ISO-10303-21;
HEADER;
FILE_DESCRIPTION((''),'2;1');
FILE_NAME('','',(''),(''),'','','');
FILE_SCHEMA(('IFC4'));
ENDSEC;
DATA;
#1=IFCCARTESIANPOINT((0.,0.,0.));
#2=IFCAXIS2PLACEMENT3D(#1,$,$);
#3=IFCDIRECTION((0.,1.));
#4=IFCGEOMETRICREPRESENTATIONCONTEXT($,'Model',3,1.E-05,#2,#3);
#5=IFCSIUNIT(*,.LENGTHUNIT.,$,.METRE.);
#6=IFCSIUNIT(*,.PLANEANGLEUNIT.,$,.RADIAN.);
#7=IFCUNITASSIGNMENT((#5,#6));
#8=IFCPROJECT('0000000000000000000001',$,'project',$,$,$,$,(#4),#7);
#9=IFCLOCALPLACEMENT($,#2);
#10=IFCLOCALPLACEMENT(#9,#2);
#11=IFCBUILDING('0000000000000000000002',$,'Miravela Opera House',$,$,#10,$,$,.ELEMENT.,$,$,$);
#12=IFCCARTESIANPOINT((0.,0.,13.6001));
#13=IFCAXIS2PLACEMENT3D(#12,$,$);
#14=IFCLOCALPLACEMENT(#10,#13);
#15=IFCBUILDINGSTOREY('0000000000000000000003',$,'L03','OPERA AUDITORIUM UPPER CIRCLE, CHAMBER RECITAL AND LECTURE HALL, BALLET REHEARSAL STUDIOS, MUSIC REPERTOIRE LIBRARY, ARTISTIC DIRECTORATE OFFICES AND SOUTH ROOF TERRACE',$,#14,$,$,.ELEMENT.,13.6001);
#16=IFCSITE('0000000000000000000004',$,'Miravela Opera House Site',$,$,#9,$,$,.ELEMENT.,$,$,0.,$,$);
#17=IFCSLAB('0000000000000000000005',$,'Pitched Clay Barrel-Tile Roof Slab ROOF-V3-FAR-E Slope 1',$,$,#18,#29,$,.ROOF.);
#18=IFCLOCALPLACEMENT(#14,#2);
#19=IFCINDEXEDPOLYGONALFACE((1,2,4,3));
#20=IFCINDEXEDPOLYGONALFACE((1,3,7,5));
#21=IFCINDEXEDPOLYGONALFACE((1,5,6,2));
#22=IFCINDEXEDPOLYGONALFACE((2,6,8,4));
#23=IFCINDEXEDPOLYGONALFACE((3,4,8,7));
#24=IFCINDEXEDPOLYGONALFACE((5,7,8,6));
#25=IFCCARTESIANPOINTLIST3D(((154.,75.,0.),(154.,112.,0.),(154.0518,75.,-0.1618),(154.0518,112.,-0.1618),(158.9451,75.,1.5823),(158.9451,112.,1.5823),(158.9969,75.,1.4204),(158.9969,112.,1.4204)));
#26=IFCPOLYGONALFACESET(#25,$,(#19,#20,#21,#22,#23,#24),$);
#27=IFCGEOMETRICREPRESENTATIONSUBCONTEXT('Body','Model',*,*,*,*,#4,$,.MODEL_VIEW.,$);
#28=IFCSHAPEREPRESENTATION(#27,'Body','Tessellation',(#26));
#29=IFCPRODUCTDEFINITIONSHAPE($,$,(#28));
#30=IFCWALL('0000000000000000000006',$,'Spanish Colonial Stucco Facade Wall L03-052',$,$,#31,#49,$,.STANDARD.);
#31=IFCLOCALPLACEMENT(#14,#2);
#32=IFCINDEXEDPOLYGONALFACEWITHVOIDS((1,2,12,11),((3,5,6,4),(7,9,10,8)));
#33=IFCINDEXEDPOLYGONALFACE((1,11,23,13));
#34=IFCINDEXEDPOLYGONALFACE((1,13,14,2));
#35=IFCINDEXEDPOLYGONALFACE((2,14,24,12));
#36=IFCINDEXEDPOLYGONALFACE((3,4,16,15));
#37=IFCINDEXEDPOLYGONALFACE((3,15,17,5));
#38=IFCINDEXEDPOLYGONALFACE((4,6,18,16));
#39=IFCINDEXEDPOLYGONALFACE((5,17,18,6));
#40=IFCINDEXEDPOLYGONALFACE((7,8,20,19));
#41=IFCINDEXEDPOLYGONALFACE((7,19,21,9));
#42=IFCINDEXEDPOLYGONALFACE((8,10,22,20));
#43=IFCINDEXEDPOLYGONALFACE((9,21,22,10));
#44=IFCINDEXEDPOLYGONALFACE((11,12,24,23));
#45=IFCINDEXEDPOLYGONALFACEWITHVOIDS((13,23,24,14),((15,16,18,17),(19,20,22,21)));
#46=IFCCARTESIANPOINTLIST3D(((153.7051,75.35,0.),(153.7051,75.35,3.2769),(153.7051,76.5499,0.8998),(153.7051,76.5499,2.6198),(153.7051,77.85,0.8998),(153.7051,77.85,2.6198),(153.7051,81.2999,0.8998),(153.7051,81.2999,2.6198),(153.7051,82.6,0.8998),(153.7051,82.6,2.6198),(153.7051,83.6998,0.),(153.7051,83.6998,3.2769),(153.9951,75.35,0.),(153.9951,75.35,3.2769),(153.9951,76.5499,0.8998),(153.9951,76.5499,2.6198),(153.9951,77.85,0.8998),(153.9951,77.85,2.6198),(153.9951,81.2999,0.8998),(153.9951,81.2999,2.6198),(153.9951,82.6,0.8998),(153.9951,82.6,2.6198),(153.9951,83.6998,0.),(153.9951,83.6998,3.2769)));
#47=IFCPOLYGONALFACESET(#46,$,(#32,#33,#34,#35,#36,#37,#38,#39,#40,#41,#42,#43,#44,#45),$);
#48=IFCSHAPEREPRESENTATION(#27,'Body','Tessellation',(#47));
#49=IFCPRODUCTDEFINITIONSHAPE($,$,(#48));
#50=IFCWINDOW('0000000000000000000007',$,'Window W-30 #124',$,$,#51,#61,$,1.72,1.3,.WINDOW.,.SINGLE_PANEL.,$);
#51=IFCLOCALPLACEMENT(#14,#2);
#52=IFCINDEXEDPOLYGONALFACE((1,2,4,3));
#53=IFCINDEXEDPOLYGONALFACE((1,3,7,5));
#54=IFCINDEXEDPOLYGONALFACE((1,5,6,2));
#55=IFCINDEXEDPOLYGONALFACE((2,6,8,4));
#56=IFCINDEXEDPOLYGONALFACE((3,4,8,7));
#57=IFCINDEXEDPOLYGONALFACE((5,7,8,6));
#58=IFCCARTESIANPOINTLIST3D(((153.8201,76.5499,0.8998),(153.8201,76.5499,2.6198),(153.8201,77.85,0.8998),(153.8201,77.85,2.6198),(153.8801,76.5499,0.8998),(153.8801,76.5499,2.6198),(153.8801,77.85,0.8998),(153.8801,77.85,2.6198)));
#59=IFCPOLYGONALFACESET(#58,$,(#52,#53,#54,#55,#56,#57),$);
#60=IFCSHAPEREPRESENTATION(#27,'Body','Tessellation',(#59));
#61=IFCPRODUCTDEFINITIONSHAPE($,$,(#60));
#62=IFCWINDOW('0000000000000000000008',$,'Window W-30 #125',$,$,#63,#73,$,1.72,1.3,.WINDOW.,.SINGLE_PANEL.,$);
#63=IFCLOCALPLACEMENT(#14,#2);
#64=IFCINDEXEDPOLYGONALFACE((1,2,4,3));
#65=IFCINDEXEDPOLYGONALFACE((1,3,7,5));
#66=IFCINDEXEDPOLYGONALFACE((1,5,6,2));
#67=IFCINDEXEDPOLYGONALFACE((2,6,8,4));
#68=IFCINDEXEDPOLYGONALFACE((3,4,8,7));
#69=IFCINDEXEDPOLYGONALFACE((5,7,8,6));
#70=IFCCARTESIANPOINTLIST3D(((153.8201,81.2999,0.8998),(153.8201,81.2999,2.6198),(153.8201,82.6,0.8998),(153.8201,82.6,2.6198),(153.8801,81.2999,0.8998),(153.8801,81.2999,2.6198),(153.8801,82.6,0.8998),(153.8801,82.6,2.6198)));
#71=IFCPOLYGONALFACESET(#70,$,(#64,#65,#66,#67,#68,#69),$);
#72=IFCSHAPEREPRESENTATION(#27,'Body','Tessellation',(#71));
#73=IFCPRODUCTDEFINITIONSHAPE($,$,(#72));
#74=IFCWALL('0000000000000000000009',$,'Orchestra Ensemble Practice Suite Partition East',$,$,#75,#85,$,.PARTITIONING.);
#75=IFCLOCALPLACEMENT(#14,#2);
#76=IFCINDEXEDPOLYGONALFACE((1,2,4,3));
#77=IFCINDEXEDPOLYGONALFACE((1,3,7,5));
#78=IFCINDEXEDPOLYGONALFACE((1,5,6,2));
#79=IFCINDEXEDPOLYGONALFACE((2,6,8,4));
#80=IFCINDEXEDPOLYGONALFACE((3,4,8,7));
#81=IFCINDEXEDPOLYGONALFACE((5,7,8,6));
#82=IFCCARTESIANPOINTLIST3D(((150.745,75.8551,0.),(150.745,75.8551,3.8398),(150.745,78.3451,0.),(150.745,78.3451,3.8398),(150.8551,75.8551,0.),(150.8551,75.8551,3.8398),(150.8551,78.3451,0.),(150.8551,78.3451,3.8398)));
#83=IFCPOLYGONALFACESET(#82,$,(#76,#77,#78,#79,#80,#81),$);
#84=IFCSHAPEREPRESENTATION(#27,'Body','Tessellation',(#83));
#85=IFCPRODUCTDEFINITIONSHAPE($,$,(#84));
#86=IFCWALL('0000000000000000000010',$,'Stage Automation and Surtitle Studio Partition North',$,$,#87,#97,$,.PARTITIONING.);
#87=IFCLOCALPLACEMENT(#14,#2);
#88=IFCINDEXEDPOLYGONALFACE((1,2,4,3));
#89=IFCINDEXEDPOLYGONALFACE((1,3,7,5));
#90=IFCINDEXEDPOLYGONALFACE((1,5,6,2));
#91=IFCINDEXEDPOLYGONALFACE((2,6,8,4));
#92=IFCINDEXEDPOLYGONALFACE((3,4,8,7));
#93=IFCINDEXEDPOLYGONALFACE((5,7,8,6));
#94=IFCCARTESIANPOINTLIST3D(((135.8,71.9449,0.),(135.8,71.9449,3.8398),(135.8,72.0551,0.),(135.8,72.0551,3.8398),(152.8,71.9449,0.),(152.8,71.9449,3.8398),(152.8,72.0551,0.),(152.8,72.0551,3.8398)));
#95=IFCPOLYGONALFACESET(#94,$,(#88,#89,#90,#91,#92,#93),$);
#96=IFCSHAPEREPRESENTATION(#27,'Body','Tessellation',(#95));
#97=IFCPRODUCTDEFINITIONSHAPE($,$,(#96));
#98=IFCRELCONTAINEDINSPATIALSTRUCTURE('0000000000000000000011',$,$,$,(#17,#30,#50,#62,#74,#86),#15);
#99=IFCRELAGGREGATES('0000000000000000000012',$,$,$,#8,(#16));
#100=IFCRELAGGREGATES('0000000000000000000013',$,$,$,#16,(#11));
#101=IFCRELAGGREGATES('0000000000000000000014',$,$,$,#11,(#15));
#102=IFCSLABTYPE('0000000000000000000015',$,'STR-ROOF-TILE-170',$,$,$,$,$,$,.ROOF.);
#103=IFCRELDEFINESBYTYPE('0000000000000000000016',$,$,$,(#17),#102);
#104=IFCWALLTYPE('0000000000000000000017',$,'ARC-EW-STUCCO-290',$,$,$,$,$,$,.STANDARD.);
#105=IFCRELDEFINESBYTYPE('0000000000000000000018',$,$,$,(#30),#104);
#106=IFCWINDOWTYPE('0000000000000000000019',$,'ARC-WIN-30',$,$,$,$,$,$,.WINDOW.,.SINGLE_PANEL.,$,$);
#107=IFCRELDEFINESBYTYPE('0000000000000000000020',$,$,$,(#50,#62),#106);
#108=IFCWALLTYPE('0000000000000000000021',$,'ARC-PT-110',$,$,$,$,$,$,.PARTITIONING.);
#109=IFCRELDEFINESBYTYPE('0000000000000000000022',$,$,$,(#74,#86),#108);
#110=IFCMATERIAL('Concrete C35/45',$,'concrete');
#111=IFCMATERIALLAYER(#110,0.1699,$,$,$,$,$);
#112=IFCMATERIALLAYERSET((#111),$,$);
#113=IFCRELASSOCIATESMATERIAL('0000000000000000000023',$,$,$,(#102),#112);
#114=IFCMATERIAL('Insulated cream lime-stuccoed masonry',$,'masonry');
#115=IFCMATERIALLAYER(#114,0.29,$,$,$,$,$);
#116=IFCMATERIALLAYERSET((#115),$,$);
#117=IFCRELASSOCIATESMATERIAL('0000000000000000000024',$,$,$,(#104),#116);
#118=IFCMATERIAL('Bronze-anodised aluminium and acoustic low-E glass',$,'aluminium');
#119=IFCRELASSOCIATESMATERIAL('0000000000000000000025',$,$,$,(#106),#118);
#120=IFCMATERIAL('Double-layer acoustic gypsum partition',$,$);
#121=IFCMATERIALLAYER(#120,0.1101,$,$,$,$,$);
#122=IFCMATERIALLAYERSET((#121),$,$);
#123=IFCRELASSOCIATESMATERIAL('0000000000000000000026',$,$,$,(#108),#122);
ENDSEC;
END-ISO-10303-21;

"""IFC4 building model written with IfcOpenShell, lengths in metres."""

from ifc_helpers import new_model, si_unit, direction, frame, frame_2d, origin, place, context, subcontext, project, spatial, polyline, rectangle, outline, extrude, material, layer, layer_set, type_object, element, fill, save


model = new_model("IFC4")

# Units and contexts
model_context = context("Model", 3, precision=1e-05, world=origin(), true_north=direction((0.0, 1.0)))
body_context = subcontext(model_context, "Body", "Model", "MODEL_VIEW")
ifc_project = project(units=[si_unit("LENGTHUNIT", "METRE"), si_unit("PLANEANGLEUNIT", "RADIAN")], contexts=[model_context])

# Site, building, storey
site_placement = place(None, origin())
site = spatial("IfcSite", under=ifc_project, at=site_placement, Name="Miravela Opera House Site", CompositionType="ELEMENT", RefElevation=0.0)
building_placement = place(site_placement, origin())
building = spatial("IfcBuilding", under=site, at=building_placement, Name="Miravela Opera House", CompositionType="ELEMENT")
storey_placement = place(building_placement, frame((0.0, 0.0, 13.6001)))
storey = spatial("IfcBuildingStorey", under=building, at=storey_placement, Name="L03", Description="OPERA AUDITORIUM UPPER CIRCLE, CHAMBER RECITAL AND LECTURE HALL, BALLET REHEARSAL STUDIOS, MUSIC REPERTOIRE LIBRARY, ARTISTIC DIRECTORATE OFFICES AND SOUTH ROOF TERRACE", CompositionType="ELEMENT", Elevation=13.6001)

# Shared definitions
ifc_material_1 = material(Name="Concrete C35/45", Category="concrete")

# Slab
ifc_layer_1 = layer(ifc_material_1, 0.1699)
ifc_layer_set_1 = layer_set([ifc_layer_1])
slab_type = type_object("IfcSlabType", Name="STR-ROOF-TILE-170", PredefinedType="ROOF", material=ifc_layer_set_1)
slab_placement = place(storey_placement, frame((154.0, 75.0, 0.0), z_axis=(-0.30475, 0.0, 0.952432), x_axis=(0.0, 1.0, 0.0)))
element("IfcSlab", 1, at=slab_placement, inside=storey, type_object=slab_type, Name="Pitched Clay Barrel-Tile Roof Slab ROOF-V3-FAR-E Slope 1", PredefinedType="ROOF", context=body_context, shape_type="SweptSolid", body=[
    extrude(outline(polyline([(0.0, 0.0), (37.0, 0.0), (37.0, -5.192), (0.0, -5.192), (0.0, 0.0)])), origin(), (0.0, 0.0, -1.0), 0.1699),
])

# Wall, openings, windows
ifc_material_2 = material(Name="Insulated cream lime-stuccoed masonry", Category="masonry")
ifc_layer_2 = layer(ifc_material_2, 0.29)
ifc_layer_set_2 = layer_set([ifc_layer_2])
wall_type_1 = type_object("IfcWallType", Name="ARC-EW-STUCCO-290", PredefinedType="STANDARD", material=ifc_layer_set_2)
wall_1_placement = place(storey_placement, frame((153.8501, 75.3501, 0.0), z_axis=(0.0, 0.0, 1.0), x_axis=(0.0, 1.0, 0.0)))
wall_1 = element("IfcWall", 2, at=wall_1_placement, inside=storey, type_object=wall_type_1, Name="Spanish Colonial Stucco Facade Wall L03-052", PredefinedType="STANDARD", context=body_context, shape_type="SweptSolid", body=[
    extrude(rectangle(XDim=8.3499, YDim=0.29, at=frame_2d((4.1748, 0.0))), origin(), (0.0, 0.0, 1.0), 3.2769),
])
opening_1_placement = place(wall_1_placement, frame((1.2, 0.0, 0.8999)))
opening_1 = element("IfcOpeningElement", 3, at=opening_1_placement, cuts=wall_1, PredefinedType="OPENING", context=body_context, shape_type="SweptSolid", body=[
    extrude(rectangle(XDim=1.3, YDim=1.72, at=frame_2d((0.6499, 0.8599))), frame((0.0, 0.155, 0.0), z_axis=(0.0, -1.0, 0.0), x_axis=(1.0, 0.0, 0.0)), (0.0, 0.0, 1.0), 0.3101),
])
opening_2_placement = place(wall_1_placement, frame((5.95, 0.0, 0.8999)))
opening_2 = element("IfcOpeningElement", 4, at=opening_2_placement, cuts=wall_1, PredefinedType="OPENING", context=body_context, shape_type="SweptSolid", body=[
    extrude(rectangle(XDim=1.3, YDim=1.72, at=frame_2d((0.6499, 0.8599))), frame((0.0, 0.155, 0.0), z_axis=(0.0, -1.0, 0.0), x_axis=(1.0, 0.0, 0.0)), (0.0, 0.0, 1.0), 0.3101),
])
ifc_material_3 = material(Name="Bronze-anodised aluminium and acoustic low-E glass", Category="aluminium")
window_type = type_object("IfcWindowType", Name="ARC-WIN-30", PartitioningType="SINGLE_PANEL", PredefinedType="WINDOW", material=ifc_material_3)
window_1_placement = place(opening_1_placement, origin())
window_1 = element("IfcWindow", 5, at=window_1_placement, inside=storey, type_object=window_type, Name="Window W-30 #124", OverallHeight=1.72, OverallWidth=1.3, PartitioningType="SINGLE_PANEL", PredefinedType="WINDOW", context=body_context, shape_type="SweptSolid", body=[
    extrude(rectangle(XDim=1.3, YDim=1.72, at=frame_2d((0.6499, 0.8599))), frame((0.0, 0.03, 0.0), z_axis=(0.0, -1.0, 0.0), x_axis=(1.0, 0.0, 0.0)), (0.0, 0.0, 1.0), 0.0601),
])
fill(opening_1, window_1)
window_2_placement = place(opening_2_placement, origin())
window_2 = element("IfcWindow", 6, at=window_2_placement, inside=storey, type_object=window_type, Name="Window W-30 #125", OverallHeight=1.72, OverallWidth=1.3, PartitioningType="SINGLE_PANEL", PredefinedType="WINDOW", context=body_context, shape_type="SweptSolid", body=[
    extrude(rectangle(XDim=1.3, YDim=1.72, at=frame_2d((0.6499, 0.8599))), frame((0.0, 0.03, 0.0), z_axis=(0.0, -1.0, 0.0), x_axis=(1.0, 0.0, 0.0)), (0.0, 0.0, 1.0), 0.0601),
])
fill(opening_2, window_2)

# Walls
ifc_material_4 = material(Name="Double-layer acoustic gypsum partition")
ifc_layer_3 = layer(ifc_material_4, 0.1101)
ifc_layer_set_3 = layer_set([ifc_layer_3])
wall_type_2 = type_object("IfcWallType", Name="ARC-PT-110", PredefinedType="PARTITIONING", material=ifc_layer_set_3)
wall_2_placement = place(storey_placement, frame((150.8, 75.855, 0.0), z_axis=(0.0, 0.0, 1.0), x_axis=(0.0, 1.0, 0.0)))
element("IfcWall", 7, at=wall_2_placement, inside=storey, type_object=wall_type_2, Name="Orchestra Ensemble Practice Suite Partition East", PredefinedType="PARTITIONING", context=body_context, shape_type="SweptSolid", body=[
    extrude(rectangle(XDim=2.49, YDim=0.1101, at=frame_2d((1.2451, 0.0))), origin(), (0.0, 0.0, 1.0), 3.8398),
])
wall_3_placement = place(storey_placement, frame((135.8, 72.0, 0.0), z_axis=(0.0, 0.0, 1.0), x_axis=(1.0, 0.0, 0.0)))
element("IfcWall", 8, at=wall_3_placement, inside=storey, type_object=wall_type_2, Name="Stage Automation and Surtitle Studio Partition North", PredefinedType="PARTITIONING", context=body_context, shape_type="SweptSolid", body=[
    extrude(rectangle(XDim=17.0, YDim=0.1101, at=frame_2d((8.5, 0.0))), origin(), (0.0, 0.0, 1.0), 3.8398),
])

save(model, "model.ifc")
